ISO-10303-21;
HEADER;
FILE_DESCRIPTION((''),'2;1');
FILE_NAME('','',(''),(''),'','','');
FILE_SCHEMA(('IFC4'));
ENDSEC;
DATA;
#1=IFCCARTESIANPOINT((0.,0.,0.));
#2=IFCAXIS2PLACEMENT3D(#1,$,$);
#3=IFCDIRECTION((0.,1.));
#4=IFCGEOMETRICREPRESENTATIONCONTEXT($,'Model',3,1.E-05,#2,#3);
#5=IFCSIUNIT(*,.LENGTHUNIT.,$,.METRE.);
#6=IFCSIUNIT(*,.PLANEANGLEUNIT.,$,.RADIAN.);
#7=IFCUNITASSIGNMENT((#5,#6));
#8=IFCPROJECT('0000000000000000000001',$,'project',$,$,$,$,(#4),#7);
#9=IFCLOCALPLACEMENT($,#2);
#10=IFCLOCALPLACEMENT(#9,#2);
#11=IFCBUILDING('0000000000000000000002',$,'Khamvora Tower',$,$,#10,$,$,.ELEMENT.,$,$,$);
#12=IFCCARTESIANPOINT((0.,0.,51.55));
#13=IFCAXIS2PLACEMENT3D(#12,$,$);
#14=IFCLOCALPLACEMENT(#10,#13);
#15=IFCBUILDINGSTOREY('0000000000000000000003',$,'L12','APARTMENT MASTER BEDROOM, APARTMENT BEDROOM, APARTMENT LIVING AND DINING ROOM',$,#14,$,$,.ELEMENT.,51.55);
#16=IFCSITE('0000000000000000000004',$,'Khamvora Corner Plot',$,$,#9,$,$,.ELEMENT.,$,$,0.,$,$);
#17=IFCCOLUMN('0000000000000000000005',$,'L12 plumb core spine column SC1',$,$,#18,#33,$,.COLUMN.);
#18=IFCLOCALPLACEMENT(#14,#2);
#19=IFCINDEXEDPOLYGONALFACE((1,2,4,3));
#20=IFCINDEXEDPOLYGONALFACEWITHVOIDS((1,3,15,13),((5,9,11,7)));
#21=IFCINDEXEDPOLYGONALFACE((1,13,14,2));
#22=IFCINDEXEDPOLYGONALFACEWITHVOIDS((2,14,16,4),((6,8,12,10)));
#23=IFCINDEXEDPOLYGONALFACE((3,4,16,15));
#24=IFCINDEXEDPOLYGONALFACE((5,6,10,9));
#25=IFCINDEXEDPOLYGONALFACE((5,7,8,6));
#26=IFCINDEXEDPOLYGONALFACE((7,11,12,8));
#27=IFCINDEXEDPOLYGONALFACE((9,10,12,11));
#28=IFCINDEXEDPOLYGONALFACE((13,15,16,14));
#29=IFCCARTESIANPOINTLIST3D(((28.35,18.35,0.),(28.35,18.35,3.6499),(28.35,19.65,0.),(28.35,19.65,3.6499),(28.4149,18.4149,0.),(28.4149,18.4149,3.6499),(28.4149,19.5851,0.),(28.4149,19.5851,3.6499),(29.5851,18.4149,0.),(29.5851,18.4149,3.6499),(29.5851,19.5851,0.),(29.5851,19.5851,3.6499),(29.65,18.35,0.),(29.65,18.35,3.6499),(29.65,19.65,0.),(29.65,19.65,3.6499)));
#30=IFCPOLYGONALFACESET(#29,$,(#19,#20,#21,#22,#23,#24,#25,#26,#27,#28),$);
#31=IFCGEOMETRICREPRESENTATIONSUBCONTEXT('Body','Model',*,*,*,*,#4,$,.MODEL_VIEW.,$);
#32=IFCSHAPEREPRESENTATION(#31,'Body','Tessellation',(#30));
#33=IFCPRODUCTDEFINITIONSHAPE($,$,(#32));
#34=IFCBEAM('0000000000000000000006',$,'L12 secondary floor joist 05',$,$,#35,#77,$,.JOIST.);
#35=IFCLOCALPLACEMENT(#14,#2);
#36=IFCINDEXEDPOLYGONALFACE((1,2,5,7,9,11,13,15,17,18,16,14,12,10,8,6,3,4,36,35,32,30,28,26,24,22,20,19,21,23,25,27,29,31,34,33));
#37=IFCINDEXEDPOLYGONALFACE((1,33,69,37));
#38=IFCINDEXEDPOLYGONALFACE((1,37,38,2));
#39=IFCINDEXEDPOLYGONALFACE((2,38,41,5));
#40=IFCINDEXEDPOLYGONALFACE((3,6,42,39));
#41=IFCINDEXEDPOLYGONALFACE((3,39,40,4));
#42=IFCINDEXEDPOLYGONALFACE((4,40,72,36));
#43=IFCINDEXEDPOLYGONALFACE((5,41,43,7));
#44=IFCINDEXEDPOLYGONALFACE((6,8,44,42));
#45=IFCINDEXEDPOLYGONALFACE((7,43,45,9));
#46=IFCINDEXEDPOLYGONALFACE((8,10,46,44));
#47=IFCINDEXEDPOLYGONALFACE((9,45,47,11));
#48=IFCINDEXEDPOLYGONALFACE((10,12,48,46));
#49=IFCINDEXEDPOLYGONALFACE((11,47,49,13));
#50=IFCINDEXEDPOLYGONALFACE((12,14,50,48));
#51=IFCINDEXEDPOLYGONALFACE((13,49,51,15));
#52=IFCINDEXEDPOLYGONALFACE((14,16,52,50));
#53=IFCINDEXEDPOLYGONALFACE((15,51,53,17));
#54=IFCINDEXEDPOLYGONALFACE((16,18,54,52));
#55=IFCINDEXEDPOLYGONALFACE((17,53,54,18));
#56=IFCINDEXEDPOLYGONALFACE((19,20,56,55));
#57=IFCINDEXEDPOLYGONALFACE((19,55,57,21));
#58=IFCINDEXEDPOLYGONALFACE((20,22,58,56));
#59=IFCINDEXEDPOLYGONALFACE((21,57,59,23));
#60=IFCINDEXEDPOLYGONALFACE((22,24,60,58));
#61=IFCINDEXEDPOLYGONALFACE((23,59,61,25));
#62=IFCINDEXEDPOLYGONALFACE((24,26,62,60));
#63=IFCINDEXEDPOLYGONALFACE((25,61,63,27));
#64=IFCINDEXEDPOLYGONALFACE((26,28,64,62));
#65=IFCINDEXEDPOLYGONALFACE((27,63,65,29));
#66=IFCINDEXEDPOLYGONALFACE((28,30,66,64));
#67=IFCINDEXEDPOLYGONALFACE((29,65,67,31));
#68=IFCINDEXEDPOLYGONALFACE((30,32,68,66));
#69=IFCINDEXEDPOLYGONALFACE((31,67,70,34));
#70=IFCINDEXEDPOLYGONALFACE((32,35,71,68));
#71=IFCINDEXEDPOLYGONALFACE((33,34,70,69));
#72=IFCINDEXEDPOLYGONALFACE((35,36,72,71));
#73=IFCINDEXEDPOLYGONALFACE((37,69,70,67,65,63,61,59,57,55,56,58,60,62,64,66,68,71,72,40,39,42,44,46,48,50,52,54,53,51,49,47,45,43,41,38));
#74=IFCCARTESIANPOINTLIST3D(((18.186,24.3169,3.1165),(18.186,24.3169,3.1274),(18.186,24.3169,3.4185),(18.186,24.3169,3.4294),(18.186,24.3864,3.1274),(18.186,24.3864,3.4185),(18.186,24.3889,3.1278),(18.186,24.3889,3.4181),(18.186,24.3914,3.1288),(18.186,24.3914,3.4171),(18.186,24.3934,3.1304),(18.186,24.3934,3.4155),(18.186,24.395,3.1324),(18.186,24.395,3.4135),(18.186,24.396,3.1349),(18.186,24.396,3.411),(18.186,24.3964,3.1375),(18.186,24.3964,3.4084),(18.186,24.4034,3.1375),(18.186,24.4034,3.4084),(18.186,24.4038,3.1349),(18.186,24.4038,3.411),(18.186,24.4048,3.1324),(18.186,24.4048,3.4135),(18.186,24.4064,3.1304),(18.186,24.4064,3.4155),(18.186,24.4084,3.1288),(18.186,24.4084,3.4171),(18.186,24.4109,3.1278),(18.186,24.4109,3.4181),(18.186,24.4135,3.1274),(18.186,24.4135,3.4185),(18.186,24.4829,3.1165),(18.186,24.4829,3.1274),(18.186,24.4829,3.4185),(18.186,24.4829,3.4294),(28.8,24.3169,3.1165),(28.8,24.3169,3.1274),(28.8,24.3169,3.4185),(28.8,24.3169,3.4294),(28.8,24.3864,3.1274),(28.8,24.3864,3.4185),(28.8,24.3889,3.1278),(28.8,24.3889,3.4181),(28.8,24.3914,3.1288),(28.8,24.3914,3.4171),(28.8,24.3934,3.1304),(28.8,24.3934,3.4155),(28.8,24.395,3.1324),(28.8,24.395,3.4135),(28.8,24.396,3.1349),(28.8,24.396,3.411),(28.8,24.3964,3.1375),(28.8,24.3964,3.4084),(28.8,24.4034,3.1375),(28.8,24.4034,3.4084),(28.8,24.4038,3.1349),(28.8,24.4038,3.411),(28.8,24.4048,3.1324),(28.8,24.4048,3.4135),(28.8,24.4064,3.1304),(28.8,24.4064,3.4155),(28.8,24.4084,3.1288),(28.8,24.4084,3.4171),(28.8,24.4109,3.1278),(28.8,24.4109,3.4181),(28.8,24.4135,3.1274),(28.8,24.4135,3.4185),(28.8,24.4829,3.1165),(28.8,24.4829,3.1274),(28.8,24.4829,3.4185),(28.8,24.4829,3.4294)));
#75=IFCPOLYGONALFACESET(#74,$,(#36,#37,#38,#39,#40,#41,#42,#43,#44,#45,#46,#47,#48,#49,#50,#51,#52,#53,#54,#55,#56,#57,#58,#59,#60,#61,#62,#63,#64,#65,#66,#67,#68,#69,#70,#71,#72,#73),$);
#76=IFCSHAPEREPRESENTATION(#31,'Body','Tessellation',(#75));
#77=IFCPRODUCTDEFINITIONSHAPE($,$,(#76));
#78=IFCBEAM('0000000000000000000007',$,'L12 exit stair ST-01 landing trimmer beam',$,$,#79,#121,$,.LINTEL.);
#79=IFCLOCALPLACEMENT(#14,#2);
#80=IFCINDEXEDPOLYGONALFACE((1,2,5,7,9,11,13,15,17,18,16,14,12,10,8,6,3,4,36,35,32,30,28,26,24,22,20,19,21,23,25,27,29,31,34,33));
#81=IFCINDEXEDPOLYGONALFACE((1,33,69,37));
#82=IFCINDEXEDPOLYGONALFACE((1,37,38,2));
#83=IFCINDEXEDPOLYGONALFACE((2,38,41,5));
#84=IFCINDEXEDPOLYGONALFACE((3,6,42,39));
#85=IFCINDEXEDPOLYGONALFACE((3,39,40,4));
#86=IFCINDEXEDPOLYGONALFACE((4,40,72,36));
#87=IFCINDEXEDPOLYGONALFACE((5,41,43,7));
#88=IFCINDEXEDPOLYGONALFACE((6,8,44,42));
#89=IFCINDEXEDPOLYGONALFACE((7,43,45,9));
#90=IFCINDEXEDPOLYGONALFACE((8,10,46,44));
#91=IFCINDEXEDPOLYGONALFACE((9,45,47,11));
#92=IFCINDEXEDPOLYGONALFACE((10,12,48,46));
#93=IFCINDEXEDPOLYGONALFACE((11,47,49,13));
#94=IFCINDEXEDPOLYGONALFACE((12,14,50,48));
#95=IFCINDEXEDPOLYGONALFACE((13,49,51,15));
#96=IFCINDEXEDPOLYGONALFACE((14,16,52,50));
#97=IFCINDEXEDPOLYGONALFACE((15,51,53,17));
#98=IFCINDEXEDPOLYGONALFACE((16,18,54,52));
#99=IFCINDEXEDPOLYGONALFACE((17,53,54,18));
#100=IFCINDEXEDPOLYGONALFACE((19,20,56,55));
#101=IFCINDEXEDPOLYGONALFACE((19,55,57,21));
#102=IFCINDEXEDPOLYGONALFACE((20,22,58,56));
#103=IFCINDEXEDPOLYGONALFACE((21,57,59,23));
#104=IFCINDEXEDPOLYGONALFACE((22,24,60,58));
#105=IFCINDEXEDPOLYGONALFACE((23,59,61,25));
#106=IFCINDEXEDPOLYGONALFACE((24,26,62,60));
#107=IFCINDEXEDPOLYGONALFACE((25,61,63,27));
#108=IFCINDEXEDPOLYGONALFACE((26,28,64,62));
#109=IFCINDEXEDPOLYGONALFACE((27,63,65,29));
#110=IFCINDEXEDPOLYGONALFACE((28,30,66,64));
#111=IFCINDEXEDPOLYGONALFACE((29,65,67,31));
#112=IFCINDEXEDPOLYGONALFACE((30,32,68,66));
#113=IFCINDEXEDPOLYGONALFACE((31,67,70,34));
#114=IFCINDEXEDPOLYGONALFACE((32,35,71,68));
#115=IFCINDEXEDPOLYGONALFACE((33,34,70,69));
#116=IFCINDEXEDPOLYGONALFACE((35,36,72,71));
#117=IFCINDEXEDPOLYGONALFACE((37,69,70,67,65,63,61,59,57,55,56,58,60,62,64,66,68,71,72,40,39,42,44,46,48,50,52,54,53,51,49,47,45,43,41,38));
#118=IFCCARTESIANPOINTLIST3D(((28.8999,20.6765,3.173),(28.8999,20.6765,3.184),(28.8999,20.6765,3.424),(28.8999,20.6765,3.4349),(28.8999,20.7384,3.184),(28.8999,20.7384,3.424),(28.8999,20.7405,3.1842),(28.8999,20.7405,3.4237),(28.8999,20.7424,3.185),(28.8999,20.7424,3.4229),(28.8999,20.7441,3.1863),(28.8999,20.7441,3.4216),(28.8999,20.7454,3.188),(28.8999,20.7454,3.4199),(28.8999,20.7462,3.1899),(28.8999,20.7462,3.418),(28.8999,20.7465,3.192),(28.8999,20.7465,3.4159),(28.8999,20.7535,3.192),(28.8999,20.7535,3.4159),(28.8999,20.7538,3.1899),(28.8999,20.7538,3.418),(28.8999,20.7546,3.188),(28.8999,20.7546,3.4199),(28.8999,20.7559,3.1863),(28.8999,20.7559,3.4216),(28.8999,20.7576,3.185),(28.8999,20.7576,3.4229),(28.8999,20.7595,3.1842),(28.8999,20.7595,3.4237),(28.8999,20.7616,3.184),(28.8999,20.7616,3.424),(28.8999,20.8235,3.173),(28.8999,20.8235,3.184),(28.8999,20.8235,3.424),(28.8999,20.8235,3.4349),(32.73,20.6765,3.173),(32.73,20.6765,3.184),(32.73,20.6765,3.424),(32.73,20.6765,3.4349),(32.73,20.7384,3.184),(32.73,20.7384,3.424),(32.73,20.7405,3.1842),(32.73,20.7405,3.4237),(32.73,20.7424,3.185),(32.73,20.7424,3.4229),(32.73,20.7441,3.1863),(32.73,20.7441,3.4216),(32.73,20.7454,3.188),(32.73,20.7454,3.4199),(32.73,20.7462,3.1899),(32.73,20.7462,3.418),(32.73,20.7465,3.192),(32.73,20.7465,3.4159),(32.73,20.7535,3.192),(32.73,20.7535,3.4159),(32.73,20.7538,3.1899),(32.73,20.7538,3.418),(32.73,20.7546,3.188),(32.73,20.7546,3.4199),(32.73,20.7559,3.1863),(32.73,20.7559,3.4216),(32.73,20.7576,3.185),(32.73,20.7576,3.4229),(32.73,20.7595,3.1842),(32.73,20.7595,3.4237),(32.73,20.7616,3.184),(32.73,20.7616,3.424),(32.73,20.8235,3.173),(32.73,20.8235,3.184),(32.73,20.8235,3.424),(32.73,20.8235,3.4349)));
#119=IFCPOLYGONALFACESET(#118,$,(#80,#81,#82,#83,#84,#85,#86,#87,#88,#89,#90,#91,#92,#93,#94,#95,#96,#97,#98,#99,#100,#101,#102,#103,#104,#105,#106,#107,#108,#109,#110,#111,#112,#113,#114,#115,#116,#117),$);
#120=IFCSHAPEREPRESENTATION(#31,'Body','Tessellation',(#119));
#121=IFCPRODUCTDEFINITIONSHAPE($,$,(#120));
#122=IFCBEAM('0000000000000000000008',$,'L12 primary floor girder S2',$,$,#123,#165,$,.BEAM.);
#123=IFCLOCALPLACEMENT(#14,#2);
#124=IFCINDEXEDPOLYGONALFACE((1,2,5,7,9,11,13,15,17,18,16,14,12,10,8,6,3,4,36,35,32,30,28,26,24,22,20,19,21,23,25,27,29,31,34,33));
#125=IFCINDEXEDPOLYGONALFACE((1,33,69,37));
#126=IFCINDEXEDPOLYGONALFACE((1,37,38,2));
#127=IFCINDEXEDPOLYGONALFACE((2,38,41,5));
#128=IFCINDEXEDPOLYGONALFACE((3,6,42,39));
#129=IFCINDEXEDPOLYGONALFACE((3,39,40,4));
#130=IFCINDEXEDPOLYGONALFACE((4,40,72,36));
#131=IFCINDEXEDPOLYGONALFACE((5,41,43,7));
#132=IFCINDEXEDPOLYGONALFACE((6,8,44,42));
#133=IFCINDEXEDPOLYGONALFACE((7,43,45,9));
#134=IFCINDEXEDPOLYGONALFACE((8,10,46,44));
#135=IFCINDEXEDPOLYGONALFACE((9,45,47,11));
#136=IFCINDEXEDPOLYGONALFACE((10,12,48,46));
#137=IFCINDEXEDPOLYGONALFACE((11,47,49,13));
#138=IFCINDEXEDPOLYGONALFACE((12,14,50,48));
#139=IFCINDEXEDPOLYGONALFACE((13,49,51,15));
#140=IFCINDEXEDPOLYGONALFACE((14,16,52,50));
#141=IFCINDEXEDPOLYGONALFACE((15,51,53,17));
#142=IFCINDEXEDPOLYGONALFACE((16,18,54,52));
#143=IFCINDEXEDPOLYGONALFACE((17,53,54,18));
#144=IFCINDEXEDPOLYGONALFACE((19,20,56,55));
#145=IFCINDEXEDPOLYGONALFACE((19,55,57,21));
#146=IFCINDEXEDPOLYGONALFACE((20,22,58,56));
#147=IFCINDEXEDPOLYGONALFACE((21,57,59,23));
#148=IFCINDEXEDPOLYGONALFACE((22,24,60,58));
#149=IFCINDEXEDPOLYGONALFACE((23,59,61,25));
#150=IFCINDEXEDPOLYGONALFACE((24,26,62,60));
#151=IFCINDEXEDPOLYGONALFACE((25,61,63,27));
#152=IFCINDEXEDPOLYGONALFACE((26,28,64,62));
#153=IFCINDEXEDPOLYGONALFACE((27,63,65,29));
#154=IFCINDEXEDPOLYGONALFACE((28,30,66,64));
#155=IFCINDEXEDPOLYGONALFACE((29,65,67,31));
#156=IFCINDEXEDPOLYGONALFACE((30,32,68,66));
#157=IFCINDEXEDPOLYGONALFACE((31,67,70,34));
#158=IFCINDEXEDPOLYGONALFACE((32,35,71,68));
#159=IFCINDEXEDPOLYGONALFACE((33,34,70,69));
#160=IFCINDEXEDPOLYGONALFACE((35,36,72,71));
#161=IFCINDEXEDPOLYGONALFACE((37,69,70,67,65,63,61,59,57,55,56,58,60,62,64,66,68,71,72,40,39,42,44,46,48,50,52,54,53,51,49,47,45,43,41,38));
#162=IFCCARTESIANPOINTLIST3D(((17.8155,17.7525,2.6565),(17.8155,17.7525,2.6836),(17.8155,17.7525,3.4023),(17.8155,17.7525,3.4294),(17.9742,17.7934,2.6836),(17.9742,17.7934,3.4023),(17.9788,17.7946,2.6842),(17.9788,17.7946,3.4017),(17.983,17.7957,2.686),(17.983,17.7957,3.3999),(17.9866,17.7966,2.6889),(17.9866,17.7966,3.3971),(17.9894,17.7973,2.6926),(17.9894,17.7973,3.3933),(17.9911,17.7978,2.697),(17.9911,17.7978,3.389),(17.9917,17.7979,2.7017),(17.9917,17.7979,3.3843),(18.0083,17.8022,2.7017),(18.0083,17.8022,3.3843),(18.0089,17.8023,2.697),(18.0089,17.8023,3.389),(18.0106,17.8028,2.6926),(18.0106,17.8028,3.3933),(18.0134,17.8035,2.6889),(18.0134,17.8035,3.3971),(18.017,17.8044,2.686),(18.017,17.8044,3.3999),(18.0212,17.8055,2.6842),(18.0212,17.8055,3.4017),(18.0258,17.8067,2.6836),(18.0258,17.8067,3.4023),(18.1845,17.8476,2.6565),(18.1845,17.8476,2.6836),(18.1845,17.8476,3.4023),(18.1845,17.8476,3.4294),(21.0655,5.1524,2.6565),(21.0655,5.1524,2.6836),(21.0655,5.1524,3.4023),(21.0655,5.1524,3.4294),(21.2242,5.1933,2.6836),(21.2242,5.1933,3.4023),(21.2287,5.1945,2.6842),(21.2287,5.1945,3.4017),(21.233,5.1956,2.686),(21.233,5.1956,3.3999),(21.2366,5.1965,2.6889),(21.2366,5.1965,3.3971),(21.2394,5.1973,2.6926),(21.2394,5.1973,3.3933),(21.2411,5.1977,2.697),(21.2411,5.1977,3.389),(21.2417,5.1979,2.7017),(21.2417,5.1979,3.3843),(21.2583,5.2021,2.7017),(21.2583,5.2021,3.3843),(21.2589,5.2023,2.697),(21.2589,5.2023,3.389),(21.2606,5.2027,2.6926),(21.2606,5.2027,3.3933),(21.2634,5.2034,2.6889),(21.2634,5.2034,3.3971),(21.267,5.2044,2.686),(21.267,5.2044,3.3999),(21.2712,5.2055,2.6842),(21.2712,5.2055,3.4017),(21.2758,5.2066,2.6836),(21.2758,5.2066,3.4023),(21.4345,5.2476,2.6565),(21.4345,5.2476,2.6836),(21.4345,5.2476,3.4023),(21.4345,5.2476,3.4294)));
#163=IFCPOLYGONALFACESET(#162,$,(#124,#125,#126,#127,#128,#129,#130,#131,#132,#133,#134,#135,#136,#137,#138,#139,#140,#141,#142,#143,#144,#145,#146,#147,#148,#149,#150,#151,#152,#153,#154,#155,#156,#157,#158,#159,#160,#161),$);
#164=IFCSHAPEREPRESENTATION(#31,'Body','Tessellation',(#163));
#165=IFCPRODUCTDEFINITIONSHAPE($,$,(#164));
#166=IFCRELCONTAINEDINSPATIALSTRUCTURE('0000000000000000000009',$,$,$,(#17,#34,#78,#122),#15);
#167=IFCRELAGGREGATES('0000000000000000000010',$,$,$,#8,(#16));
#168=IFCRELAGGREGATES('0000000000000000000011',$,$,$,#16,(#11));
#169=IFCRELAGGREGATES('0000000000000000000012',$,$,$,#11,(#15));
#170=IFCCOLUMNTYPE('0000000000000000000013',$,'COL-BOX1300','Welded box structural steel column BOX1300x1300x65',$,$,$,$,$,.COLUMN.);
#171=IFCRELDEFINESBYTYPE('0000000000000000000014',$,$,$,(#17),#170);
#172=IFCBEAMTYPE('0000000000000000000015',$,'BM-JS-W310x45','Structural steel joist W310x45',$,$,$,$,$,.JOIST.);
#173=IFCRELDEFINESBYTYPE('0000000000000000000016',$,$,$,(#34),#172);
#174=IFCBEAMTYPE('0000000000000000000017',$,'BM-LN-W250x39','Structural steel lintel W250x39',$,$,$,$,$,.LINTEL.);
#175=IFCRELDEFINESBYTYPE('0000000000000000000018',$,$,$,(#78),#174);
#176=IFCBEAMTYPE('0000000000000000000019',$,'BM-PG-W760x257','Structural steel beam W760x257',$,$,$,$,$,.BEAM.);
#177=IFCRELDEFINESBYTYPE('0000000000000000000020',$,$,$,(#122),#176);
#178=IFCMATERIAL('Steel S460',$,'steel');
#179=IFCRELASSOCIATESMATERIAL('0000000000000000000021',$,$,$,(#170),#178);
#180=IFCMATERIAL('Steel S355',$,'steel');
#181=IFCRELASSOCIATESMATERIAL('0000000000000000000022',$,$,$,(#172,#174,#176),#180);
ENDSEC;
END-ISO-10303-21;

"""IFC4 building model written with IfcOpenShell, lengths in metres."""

from ifc_helpers import new_model, si_unit, direction, frame, origin, origin_2d, place, context, subcontext, project, spatial, hollow_rectangle, i_section, extrude, material, material_profile, profile_set, type_object, element, save


model = new_model("IFC4")

# Units and contexts
model_context = context("Model", 3, precision=1e-05, world=origin(), true_north=direction((0.0, 1.0)))
body_context = subcontext(model_context, "Body", "Model", "MODEL_VIEW")
ifc_project = project(units=[si_unit("LENGTHUNIT", "METRE"), si_unit("PLANEANGLEUNIT", "RADIAN")], contexts=[model_context])

# Site, building, storey
site_placement = place(None, origin())
site = spatial("IfcSite", under=ifc_project, at=site_placement, Name="Khamvora Corner Plot", CompositionType="ELEMENT", RefElevation=0.0)
building_placement = place(site_placement, origin())
building = spatial("IfcBuilding", under=site, at=building_placement, Name="Khamvora Tower", CompositionType="ELEMENT")
storey_placement = place(building_placement, frame((0.0, 0.0, 51.55)))
storey = spatial("IfcBuildingStorey", under=building, at=storey_placement, Name="L12", Description="APARTMENT MASTER BEDROOM, APARTMENT BEDROOM, APARTMENT LIVING AND DINING ROOM", CompositionType="ELEMENT", Elevation=51.55)

# Column
ifc_material_1 = material(Name="Steel S460", Category="steel")
ifc_material_profile_1 = material_profile(ifc_material_1, hollow_rectangle(XDim=1.3, YDim=1.3, WallThickness=0.0649, at=origin_2d()), Name="BOX1300x1300x65")
ifc_profile_set_1 = profile_set([ifc_material_profile_1], Name="Steel S460")
column_type = type_object("IfcColumnType", Name="COL-BOX1300", Description="Welded box structural steel column BOX1300x1300x65", PredefinedType="COLUMN", material=ifc_profile_set_1)
column_placement = place(storey_placement, frame((29.0, 19.0, 0.0), z_axis=(0.0, 0.0, 1.0), x_axis=(1.0, 0.0, 0.0)))
element("IfcColumn", 1, at=column_placement, inside=storey, type_object=column_type, Name="L12 plumb core spine column SC1", PredefinedType="COLUMN", context=body_context, shape_type="SweptSolid", body=[
    extrude(hollow_rectangle(XDim=1.3, YDim=1.3, WallThickness=0.0649, at=origin_2d()), origin(), (0.0, 0.0, 1.0), 3.6499),
])

# Beams
ifc_material_2 = material(Name="Steel S355", Category="steel")
ifc_material_profile_2 = material_profile(ifc_material_2, i_section(OverallWidth=0.166, OverallDepth=0.313, WebThickness=0.0071, FlangeThickness=0.011, FilletRadius=0.01, at=origin_2d()), Name="W310x45")
ifc_profile_set_2 = profile_set([ifc_material_profile_2], Name="Steel S355")
beam_type_1 = type_object("IfcBeamType", Name="BM-JS-W310x45", Description="Structural steel joist W310x45", PredefinedType="JOIST", material=ifc_profile_set_2)
beam_1_placement = place(storey_placement, frame((18.186, 24.3999, 3.2729), z_axis=(1.0, 0.0, 0.0), x_axis=(0.0, 1.0, 0.0)))
element("IfcBeam", 2, at=beam_1_placement, inside=storey, type_object=beam_type_1, Name="L12 secondary floor joist 05", PredefinedType="JOIST", context=body_context, shape_type="SweptSolid", body=[
    extrude(i_section(OverallWidth=0.166, OverallDepth=0.313, WebThickness=0.0071, FlangeThickness=0.011, FilletRadius=0.01, at=origin_2d()), origin(), (0.0, 0.0, 1.0), 10.614),
])
ifc_material_profile_3 = material_profile(ifc_material_2, i_section(OverallWidth=0.147, OverallDepth=0.262, WebThickness=0.0071, FlangeThickness=0.011, FilletRadius=0.0081, at=origin_2d()), Name="W250x39")
ifc_profile_set_3 = profile_set([ifc_material_profile_3], Name="Steel S355")
beam_type_2 = type_object("IfcBeamType", Name="BM-LN-W250x39", Description="Structural steel lintel W250x39", PredefinedType="LINTEL", material=ifc_profile_set_3)
beam_2_placement = place(storey_placement, frame((28.8999, 20.75, 3.304), z_axis=(1.0, 0.0, 0.0), x_axis=(0.0, 1.0, 0.0)))
element("IfcBeam", 3, at=beam_2_placement, inside=storey, type_object=beam_type_2, Name="L12 exit stair ST-01 landing trimmer beam", PredefinedType="LINTEL", context=body_context, shape_type="SweptSolid", body=[
    extrude(i_section(OverallWidth=0.147, OverallDepth=0.262, WebThickness=0.0071, FlangeThickness=0.011, FilletRadius=0.0081, at=origin_2d()), origin(), (0.0, 0.0, 1.0), 3.8301),
])
ifc_material_profile_4 = material_profile(ifc_material_2, i_section(OverallWidth=0.3811, OverallDepth=0.7729, WebThickness=0.0171, FlangeThickness=0.0271, FilletRadius=0.0181, at=origin_2d()), Name="W760x257")
ifc_profile_set_4 = profile_set([ifc_material_profile_4], Name="Steel S355")
beam_type_3 = type_object("IfcBeamType", Name="BM-PG-W760x257", Description="Structural steel beam W760x257", PredefinedType="BEAM", material=ifc_profile_set_4)
beam_3_placement = place(storey_placement, frame((18.0, 17.8, 3.043), z_axis=(0.24976, -0.968308, 0.0), x_axis=(0.968308, 0.24976, 0.0)))
element("IfcBeam", 4, at=beam_3_placement, inside=storey, type_object=beam_type_3, Name="L12 primary floor girder S2", PredefinedType="BEAM", context=body_context, shape_type="SweptSolid", body=[
    extrude(i_section(OverallWidth=0.3811, OverallDepth=0.7729, WebThickness=0.0171, FlangeThickness=0.0271, FilletRadius=0.0181, at=origin_2d()), origin(), (0.0, 0.0, 1.0), 13.0125),
])

save(model, "model.ifc")
